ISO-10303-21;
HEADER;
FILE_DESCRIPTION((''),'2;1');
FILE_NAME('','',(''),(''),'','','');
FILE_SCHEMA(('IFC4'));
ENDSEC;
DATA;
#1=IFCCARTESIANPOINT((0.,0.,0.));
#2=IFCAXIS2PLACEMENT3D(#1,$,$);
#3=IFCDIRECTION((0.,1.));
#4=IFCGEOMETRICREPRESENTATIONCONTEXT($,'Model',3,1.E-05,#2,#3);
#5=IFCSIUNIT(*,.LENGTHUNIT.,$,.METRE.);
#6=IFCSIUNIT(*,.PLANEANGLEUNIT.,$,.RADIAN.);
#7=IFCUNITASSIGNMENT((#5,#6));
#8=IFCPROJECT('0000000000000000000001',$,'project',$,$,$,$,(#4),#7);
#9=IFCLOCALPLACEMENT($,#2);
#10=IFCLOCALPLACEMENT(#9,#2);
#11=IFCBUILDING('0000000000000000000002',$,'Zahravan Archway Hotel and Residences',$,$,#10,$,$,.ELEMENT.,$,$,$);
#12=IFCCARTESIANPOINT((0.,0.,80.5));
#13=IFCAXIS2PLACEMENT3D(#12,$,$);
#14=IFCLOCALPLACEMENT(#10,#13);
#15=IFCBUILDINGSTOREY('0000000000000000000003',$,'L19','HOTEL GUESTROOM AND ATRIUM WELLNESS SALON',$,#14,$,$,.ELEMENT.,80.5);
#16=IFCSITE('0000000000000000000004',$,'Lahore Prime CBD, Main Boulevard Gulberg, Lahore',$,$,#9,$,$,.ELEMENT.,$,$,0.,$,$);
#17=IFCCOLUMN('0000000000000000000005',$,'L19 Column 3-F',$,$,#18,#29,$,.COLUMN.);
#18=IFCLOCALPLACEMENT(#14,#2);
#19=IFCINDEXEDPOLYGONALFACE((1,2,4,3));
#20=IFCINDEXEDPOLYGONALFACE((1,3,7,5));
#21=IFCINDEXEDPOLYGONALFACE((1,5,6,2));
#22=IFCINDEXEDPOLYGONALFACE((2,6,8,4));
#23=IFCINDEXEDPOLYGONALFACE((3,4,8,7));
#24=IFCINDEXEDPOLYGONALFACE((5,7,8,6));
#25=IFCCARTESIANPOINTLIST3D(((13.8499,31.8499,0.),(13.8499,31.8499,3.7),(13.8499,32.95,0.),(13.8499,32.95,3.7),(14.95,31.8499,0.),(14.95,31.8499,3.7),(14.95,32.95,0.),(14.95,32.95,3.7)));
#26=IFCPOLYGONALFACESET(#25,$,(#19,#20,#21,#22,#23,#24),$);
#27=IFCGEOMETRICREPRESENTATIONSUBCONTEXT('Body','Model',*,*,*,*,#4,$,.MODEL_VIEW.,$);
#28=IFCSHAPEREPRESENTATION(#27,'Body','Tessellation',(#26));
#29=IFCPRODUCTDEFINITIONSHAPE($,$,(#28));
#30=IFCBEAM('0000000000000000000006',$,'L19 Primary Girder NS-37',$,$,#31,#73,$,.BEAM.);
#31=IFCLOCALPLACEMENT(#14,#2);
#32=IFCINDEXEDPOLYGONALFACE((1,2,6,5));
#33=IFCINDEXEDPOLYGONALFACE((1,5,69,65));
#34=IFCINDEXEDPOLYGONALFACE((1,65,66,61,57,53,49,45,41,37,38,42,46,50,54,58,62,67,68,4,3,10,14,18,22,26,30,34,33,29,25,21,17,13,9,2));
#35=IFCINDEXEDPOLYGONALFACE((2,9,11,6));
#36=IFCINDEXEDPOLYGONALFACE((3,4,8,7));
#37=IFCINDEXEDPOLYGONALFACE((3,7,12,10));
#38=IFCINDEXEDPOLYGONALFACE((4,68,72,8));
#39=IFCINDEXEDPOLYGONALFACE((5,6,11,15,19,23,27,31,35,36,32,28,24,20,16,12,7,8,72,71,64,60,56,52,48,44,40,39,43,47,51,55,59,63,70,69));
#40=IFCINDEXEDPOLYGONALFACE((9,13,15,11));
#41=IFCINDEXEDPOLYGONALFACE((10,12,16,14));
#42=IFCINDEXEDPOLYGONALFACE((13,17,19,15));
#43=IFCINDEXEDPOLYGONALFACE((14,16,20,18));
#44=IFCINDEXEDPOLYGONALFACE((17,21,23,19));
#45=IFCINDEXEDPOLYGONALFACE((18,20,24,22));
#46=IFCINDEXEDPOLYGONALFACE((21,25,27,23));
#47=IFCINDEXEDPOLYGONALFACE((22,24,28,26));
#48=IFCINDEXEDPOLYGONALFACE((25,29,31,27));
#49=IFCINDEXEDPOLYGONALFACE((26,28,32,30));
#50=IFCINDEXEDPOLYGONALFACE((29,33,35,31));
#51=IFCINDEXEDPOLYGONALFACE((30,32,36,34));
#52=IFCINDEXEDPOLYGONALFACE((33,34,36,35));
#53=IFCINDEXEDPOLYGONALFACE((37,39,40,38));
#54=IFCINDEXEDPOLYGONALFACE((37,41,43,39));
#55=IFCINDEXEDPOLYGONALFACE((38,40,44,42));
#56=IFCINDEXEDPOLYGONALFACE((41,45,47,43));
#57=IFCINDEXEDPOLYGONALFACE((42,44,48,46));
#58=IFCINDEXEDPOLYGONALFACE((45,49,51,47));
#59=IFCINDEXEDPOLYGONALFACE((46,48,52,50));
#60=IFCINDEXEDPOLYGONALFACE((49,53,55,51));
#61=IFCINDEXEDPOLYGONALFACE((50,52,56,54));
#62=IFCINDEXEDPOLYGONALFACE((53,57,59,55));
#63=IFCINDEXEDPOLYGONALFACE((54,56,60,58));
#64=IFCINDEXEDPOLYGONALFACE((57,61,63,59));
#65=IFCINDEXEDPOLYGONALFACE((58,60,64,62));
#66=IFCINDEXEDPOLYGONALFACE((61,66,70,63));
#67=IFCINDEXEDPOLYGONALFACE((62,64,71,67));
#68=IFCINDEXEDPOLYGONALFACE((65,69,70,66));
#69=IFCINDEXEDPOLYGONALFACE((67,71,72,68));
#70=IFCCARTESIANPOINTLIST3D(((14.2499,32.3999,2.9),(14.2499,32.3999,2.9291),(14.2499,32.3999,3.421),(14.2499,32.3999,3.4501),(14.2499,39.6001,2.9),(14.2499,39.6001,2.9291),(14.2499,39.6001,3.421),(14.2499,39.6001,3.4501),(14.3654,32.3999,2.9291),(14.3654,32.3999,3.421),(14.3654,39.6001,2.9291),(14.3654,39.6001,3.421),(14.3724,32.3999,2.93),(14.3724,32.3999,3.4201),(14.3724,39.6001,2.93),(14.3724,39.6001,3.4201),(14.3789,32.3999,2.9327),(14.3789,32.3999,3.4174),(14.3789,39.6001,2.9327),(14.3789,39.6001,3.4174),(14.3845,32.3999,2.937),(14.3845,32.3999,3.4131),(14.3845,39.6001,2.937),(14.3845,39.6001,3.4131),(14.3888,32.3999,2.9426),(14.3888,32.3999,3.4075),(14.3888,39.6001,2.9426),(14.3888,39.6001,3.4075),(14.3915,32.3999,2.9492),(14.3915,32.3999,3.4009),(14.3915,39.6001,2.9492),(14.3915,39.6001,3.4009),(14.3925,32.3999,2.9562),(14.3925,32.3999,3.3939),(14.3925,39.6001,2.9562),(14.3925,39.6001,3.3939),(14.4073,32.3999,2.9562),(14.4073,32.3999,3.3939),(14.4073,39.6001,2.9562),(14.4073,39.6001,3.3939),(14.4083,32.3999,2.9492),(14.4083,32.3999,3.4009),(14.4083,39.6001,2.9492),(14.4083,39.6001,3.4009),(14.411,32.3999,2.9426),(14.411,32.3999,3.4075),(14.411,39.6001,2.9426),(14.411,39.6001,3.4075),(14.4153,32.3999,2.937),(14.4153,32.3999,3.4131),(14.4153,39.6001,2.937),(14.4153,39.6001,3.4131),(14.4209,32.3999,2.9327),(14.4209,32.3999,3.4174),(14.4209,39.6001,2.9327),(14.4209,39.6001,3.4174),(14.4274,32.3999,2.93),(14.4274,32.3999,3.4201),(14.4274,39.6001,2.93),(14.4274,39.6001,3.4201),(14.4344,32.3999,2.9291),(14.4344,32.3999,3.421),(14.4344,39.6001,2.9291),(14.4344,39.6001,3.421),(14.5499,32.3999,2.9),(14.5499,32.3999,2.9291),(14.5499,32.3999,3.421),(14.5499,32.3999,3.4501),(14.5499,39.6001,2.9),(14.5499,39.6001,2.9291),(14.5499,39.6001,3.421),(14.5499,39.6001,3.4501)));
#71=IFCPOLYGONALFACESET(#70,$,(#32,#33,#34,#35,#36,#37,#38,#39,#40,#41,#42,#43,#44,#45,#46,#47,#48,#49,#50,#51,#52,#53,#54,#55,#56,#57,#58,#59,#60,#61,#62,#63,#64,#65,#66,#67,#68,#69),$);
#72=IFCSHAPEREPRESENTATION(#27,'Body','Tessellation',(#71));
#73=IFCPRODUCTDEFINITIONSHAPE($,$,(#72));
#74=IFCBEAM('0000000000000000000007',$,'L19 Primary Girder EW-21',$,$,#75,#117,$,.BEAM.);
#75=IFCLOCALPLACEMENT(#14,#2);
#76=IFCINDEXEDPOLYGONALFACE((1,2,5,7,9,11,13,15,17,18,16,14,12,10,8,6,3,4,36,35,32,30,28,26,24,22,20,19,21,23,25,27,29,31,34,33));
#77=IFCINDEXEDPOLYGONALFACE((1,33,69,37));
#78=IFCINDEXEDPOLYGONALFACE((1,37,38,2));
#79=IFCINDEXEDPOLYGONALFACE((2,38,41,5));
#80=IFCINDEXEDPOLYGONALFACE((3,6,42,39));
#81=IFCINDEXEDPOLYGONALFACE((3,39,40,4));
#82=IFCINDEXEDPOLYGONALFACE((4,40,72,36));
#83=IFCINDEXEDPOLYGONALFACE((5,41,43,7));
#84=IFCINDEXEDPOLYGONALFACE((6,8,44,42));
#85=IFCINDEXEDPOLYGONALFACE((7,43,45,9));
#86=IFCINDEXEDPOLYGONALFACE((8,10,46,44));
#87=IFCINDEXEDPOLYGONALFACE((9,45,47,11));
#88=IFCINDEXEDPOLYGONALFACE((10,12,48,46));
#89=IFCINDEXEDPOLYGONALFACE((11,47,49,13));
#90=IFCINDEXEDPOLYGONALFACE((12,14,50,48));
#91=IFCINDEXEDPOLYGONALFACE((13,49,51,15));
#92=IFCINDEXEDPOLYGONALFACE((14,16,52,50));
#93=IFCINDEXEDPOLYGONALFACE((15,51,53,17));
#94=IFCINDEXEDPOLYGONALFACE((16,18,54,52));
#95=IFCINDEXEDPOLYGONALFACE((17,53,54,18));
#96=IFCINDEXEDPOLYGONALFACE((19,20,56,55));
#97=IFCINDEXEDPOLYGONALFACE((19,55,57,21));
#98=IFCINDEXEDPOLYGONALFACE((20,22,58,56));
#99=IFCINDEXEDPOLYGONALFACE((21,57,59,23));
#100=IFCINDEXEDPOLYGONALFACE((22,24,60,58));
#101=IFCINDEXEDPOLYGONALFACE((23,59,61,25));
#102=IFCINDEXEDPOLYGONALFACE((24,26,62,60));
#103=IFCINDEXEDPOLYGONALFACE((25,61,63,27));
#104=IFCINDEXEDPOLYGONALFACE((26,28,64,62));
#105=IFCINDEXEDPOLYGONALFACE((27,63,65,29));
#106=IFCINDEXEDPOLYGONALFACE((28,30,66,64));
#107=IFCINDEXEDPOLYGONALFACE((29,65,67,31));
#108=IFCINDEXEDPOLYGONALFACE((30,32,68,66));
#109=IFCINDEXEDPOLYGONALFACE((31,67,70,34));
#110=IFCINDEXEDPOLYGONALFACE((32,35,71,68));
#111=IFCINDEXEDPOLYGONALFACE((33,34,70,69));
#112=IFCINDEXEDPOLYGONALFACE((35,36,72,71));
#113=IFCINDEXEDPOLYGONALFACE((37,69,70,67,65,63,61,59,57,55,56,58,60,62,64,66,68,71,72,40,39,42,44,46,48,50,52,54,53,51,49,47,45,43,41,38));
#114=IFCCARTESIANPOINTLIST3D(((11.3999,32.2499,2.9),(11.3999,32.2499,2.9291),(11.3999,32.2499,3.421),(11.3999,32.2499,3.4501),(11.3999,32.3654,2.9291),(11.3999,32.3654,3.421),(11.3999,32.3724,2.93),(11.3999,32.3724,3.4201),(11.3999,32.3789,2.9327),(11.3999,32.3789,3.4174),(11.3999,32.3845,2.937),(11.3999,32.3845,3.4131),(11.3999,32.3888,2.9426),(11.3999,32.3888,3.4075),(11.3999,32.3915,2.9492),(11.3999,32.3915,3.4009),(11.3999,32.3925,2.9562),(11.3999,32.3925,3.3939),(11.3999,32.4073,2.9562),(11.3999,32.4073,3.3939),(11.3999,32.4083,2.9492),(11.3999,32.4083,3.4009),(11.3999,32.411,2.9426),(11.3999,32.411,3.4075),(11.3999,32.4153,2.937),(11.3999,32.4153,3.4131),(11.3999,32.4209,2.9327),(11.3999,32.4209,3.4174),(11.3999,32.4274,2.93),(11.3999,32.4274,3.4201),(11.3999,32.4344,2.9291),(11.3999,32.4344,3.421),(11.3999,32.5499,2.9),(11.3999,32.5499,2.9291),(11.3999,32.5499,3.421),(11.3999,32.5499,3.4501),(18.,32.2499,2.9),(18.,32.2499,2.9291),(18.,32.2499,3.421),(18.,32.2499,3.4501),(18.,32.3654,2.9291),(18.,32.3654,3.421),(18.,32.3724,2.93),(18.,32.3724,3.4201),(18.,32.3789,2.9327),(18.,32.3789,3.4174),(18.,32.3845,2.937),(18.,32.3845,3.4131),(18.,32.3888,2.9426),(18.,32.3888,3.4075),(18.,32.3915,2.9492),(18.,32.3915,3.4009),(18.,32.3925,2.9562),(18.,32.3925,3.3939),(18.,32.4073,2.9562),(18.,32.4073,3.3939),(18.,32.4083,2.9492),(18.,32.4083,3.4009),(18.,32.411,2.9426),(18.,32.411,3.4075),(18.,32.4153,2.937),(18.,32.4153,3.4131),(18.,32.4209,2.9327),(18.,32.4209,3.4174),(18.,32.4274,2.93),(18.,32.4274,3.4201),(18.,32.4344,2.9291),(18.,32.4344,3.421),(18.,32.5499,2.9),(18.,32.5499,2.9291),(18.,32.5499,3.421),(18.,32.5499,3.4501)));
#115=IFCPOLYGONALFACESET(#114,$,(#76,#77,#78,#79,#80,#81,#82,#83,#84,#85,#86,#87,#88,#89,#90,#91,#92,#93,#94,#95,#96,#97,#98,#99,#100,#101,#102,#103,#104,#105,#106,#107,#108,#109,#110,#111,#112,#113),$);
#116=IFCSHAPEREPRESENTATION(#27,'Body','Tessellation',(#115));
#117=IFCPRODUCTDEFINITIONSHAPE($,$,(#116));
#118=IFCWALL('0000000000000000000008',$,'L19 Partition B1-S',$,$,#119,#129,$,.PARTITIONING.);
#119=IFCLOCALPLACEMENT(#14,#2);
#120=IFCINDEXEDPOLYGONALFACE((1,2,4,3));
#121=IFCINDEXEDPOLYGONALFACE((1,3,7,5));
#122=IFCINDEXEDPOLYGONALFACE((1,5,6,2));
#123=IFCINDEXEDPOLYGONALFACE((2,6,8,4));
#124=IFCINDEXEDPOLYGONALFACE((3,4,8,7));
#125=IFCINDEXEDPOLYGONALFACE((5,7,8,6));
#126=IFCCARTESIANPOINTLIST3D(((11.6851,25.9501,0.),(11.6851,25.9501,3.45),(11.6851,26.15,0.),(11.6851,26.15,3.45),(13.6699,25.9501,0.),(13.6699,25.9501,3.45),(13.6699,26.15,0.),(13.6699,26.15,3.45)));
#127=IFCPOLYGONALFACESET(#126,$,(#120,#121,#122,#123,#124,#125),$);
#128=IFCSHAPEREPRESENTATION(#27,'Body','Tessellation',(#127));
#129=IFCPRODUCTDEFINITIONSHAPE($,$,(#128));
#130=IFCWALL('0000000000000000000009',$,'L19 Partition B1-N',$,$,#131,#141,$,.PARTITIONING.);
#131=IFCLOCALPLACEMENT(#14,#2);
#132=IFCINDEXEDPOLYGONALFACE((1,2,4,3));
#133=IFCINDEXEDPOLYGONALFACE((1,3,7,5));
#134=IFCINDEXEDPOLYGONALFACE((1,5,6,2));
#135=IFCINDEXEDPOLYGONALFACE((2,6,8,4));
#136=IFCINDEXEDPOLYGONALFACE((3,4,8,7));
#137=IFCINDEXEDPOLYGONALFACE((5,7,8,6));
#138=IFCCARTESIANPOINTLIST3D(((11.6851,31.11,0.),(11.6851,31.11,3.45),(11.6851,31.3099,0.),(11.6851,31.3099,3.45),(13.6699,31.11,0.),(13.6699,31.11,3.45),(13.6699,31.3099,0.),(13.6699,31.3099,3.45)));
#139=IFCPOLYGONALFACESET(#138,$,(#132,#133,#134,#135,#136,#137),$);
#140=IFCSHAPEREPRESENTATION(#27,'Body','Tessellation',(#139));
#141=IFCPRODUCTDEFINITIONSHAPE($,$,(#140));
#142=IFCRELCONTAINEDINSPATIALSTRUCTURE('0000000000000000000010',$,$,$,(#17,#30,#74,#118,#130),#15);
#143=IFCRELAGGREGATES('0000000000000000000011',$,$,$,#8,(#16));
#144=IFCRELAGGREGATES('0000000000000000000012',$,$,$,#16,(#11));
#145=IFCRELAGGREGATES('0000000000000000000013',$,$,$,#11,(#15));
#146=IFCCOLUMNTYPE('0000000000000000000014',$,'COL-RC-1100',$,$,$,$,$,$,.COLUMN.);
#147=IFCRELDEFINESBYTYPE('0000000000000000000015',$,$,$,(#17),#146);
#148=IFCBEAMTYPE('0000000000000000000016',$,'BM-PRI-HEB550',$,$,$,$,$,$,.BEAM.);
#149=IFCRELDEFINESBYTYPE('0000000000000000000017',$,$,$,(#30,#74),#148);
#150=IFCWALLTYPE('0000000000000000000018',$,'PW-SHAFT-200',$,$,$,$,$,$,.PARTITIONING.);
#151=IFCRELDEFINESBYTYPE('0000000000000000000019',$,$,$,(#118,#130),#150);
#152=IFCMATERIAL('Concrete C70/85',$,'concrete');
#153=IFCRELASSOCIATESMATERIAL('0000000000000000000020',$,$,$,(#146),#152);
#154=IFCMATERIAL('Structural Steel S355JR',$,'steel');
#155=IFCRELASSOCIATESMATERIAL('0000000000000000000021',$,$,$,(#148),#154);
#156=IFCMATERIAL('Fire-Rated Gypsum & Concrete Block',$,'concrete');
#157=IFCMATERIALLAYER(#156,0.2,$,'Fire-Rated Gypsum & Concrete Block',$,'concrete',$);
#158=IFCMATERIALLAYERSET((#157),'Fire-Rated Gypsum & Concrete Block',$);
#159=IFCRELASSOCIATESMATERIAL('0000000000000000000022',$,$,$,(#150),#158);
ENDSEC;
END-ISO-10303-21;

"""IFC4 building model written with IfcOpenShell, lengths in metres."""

from ifc_helpers import new_model, si_unit, direction, frame, frame_2d, origin, origin_2d, place, context, subcontext, project, spatial, rectangle, i_section, extrude, source, transform, mapped, material, layer, layer_set, material_profile, profile_set, type_object, type_shapes, element, save


model = new_model("IFC4")

# Units and contexts
model_context = context("Model", 3, precision=1e-05, world=origin(), true_north=direction((0.0, 1.0)))
body_context = subcontext(model_context, "Body", "Model", "MODEL_VIEW")
ifc_project = project(units=[si_unit("LENGTHUNIT", "METRE"), si_unit("PLANEANGLEUNIT", "RADIAN")], contexts=[model_context])

# Site, building, storey
site_placement = place(None, origin())
site = spatial("IfcSite", under=ifc_project, at=site_placement, Name="Lahore Prime CBD, Main Boulevard Gulberg, Lahore", CompositionType="ELEMENT", RefElevation=0.0)
building_placement = place(site_placement, origin())
building = spatial("IfcBuilding", under=site, at=building_placement, Name="Zahravan Archway Hotel and Residences", CompositionType="ELEMENT")
storey_placement = place(building_placement, frame((0.0, 0.0, 80.5)))
storey = spatial("IfcBuildingStorey", under=building, at=storey_placement, Name="L19", Description="HOTEL GUESTROOM AND ATRIUM WELLNESS SALON", CompositionType="ELEMENT", Elevation=80.5)

# Column
ifc_material_1 = material(Name="Concrete C70/85", Category="concrete")
ifc_material_profile_1 = material_profile(ifc_material_1, rectangle(XDim=1.1001, YDim=1.1001, at=origin_2d()), Name="RC 1100x1100", Category="concrete")
ifc_profile_set_1 = profile_set([ifc_material_profile_1], Name="Concrete C70/85")
column_type = type_object("IfcColumnType", Name="COL-RC-1100", PredefinedType="COLUMN", material=ifc_profile_set_1)
shared_shape_1 = source(origin(), body_context, "Body", "SweptSolid", [
    extrude(rectangle(XDim=1.1001, YDim=1.1001, at=origin_2d()), origin(), (0.0, 0.0, 1.0), 3.7),
])
column_placement = place(storey_placement, frame((14.3999, 32.3999, 0.0), z_axis=(0.0, 0.0, 1.0), x_axis=(1.0, 0.0, 0.0)))
element("IfcColumn", 1, at=column_placement, inside=storey, type_object=column_type, Name="L19 Column 3-F", PredefinedType="COLUMN", context=body_context, shape_type="MappedRepresentation", body=[
    mapped(shared_shape_1, transform((0.0, 0.0, 0.0), scale=1.0)),
])

# Beams
ifc_material_2 = material(Name="Structural Steel S355JR", Category="steel")
ifc_material_profile_2 = material_profile(ifc_material_2, i_section(OverallWidth=0.3, OverallDepth=0.55, WebThickness=0.0149, FlangeThickness=0.0291, FilletRadius=0.0271, at=origin_2d()), Name="HEB 550", Category="steel")
ifc_profile_set_2 = profile_set([ifc_material_profile_2], Name="Structural Steel S355JR")
beam_type = type_object("IfcBeamType", Name="BM-PRI-HEB550", PredefinedType="BEAM", material=ifc_profile_set_2)
shared_shape_2 = source(origin(), body_context, "Body", "SweptSolid", [
    extrude(i_section(OverallWidth=0.3, OverallDepth=0.55, WebThickness=0.0149, FlangeThickness=0.0291, FilletRadius=0.0271, at=origin_2d()), origin(), (0.0, 0.0, 1.0), 7.2002),
])
type_shapes(beam_type, [shared_shape_2])
beam_1_placement = place(storey_placement, frame((14.3999, 32.3999, 3.175), z_axis=(0.0, 1.0, 0.0), x_axis=(-1.0, 0.0, 0.0)))
element("IfcBeam", 2, at=beam_1_placement, inside=storey, type_object=beam_type, Name="L19 Primary Girder NS-37", PredefinedType="BEAM", context=body_context, shape_type="MappedRepresentation", body=[
    mapped(shared_shape_2, transform((0.0, 0.0, 0.0), scale=1.0)),
])
shared_shape_3 = source(origin(), body_context, "Body", "SweptSolid", [
    extrude(i_section(OverallWidth=0.3, OverallDepth=0.55, WebThickness=0.0149, FlangeThickness=0.0291, FilletRadius=0.0271, at=origin_2d()), origin(), (0.0, 0.0, 1.0), 6.6001),
])
beam_2_placement = place(storey_placement, frame((11.3999, 32.3999, 3.175), z_axis=(1.0, 0.0, 0.0), x_axis=(0.0, 1.0, 0.0)))
element("IfcBeam", 3, at=beam_2_placement, inside=storey, type_object=beam_type, Name="L19 Primary Girder EW-21", PredefinedType="BEAM", context=body_context, shape_type="MappedRepresentation", body=[
    mapped(shared_shape_3, transform((0.0, 0.0, 0.0), scale=1.0)),
])

# Walls
ifc_material_3 = material(Name="Fire-Rated Gypsum & Concrete Block", Category="concrete")
ifc_layer_1 = layer(ifc_material_3, 0.2, Name="Fire-Rated Gypsum & Concrete Block", Category="concrete")
ifc_layer_set_1 = layer_set([ifc_layer_1], Name="Fire-Rated Gypsum & Concrete Block")
wall_type_1 = type_object("IfcWallType", Name="PW-SHAFT-200", PredefinedType="PARTITIONING", material=ifc_layer_set_1)
for number, where, z_axis, x_axis, name in (
    (4, (11.6851, 26.05, 0.0), (0.0, 0.0, 1.0), (1.0, 0.0, 0.0), "L19 Partition B1-S"),
    (5, (11.6851, 31.21, 0.0), (0.0, 0.0, 1.0), (1.0, 0.0, 0.0), "L19 Partition B1-N"),
):
    element("IfcWall", number, at=place(storey_placement, frame(where, z_axis=z_axis, x_axis=x_axis)), inside=storey, type_object=wall_type_1, Name=name, PredefinedType="PARTITIONING", context=body_context, shape_type="SweptSolid", body=[
        extrude(rectangle(XDim=1.9849, YDim=0.2, at=frame_2d((0.9924, 0.0))), origin(), (0.0, 0.0, 1.0), 3.45),
    ])

save(model, "model.ifc")
